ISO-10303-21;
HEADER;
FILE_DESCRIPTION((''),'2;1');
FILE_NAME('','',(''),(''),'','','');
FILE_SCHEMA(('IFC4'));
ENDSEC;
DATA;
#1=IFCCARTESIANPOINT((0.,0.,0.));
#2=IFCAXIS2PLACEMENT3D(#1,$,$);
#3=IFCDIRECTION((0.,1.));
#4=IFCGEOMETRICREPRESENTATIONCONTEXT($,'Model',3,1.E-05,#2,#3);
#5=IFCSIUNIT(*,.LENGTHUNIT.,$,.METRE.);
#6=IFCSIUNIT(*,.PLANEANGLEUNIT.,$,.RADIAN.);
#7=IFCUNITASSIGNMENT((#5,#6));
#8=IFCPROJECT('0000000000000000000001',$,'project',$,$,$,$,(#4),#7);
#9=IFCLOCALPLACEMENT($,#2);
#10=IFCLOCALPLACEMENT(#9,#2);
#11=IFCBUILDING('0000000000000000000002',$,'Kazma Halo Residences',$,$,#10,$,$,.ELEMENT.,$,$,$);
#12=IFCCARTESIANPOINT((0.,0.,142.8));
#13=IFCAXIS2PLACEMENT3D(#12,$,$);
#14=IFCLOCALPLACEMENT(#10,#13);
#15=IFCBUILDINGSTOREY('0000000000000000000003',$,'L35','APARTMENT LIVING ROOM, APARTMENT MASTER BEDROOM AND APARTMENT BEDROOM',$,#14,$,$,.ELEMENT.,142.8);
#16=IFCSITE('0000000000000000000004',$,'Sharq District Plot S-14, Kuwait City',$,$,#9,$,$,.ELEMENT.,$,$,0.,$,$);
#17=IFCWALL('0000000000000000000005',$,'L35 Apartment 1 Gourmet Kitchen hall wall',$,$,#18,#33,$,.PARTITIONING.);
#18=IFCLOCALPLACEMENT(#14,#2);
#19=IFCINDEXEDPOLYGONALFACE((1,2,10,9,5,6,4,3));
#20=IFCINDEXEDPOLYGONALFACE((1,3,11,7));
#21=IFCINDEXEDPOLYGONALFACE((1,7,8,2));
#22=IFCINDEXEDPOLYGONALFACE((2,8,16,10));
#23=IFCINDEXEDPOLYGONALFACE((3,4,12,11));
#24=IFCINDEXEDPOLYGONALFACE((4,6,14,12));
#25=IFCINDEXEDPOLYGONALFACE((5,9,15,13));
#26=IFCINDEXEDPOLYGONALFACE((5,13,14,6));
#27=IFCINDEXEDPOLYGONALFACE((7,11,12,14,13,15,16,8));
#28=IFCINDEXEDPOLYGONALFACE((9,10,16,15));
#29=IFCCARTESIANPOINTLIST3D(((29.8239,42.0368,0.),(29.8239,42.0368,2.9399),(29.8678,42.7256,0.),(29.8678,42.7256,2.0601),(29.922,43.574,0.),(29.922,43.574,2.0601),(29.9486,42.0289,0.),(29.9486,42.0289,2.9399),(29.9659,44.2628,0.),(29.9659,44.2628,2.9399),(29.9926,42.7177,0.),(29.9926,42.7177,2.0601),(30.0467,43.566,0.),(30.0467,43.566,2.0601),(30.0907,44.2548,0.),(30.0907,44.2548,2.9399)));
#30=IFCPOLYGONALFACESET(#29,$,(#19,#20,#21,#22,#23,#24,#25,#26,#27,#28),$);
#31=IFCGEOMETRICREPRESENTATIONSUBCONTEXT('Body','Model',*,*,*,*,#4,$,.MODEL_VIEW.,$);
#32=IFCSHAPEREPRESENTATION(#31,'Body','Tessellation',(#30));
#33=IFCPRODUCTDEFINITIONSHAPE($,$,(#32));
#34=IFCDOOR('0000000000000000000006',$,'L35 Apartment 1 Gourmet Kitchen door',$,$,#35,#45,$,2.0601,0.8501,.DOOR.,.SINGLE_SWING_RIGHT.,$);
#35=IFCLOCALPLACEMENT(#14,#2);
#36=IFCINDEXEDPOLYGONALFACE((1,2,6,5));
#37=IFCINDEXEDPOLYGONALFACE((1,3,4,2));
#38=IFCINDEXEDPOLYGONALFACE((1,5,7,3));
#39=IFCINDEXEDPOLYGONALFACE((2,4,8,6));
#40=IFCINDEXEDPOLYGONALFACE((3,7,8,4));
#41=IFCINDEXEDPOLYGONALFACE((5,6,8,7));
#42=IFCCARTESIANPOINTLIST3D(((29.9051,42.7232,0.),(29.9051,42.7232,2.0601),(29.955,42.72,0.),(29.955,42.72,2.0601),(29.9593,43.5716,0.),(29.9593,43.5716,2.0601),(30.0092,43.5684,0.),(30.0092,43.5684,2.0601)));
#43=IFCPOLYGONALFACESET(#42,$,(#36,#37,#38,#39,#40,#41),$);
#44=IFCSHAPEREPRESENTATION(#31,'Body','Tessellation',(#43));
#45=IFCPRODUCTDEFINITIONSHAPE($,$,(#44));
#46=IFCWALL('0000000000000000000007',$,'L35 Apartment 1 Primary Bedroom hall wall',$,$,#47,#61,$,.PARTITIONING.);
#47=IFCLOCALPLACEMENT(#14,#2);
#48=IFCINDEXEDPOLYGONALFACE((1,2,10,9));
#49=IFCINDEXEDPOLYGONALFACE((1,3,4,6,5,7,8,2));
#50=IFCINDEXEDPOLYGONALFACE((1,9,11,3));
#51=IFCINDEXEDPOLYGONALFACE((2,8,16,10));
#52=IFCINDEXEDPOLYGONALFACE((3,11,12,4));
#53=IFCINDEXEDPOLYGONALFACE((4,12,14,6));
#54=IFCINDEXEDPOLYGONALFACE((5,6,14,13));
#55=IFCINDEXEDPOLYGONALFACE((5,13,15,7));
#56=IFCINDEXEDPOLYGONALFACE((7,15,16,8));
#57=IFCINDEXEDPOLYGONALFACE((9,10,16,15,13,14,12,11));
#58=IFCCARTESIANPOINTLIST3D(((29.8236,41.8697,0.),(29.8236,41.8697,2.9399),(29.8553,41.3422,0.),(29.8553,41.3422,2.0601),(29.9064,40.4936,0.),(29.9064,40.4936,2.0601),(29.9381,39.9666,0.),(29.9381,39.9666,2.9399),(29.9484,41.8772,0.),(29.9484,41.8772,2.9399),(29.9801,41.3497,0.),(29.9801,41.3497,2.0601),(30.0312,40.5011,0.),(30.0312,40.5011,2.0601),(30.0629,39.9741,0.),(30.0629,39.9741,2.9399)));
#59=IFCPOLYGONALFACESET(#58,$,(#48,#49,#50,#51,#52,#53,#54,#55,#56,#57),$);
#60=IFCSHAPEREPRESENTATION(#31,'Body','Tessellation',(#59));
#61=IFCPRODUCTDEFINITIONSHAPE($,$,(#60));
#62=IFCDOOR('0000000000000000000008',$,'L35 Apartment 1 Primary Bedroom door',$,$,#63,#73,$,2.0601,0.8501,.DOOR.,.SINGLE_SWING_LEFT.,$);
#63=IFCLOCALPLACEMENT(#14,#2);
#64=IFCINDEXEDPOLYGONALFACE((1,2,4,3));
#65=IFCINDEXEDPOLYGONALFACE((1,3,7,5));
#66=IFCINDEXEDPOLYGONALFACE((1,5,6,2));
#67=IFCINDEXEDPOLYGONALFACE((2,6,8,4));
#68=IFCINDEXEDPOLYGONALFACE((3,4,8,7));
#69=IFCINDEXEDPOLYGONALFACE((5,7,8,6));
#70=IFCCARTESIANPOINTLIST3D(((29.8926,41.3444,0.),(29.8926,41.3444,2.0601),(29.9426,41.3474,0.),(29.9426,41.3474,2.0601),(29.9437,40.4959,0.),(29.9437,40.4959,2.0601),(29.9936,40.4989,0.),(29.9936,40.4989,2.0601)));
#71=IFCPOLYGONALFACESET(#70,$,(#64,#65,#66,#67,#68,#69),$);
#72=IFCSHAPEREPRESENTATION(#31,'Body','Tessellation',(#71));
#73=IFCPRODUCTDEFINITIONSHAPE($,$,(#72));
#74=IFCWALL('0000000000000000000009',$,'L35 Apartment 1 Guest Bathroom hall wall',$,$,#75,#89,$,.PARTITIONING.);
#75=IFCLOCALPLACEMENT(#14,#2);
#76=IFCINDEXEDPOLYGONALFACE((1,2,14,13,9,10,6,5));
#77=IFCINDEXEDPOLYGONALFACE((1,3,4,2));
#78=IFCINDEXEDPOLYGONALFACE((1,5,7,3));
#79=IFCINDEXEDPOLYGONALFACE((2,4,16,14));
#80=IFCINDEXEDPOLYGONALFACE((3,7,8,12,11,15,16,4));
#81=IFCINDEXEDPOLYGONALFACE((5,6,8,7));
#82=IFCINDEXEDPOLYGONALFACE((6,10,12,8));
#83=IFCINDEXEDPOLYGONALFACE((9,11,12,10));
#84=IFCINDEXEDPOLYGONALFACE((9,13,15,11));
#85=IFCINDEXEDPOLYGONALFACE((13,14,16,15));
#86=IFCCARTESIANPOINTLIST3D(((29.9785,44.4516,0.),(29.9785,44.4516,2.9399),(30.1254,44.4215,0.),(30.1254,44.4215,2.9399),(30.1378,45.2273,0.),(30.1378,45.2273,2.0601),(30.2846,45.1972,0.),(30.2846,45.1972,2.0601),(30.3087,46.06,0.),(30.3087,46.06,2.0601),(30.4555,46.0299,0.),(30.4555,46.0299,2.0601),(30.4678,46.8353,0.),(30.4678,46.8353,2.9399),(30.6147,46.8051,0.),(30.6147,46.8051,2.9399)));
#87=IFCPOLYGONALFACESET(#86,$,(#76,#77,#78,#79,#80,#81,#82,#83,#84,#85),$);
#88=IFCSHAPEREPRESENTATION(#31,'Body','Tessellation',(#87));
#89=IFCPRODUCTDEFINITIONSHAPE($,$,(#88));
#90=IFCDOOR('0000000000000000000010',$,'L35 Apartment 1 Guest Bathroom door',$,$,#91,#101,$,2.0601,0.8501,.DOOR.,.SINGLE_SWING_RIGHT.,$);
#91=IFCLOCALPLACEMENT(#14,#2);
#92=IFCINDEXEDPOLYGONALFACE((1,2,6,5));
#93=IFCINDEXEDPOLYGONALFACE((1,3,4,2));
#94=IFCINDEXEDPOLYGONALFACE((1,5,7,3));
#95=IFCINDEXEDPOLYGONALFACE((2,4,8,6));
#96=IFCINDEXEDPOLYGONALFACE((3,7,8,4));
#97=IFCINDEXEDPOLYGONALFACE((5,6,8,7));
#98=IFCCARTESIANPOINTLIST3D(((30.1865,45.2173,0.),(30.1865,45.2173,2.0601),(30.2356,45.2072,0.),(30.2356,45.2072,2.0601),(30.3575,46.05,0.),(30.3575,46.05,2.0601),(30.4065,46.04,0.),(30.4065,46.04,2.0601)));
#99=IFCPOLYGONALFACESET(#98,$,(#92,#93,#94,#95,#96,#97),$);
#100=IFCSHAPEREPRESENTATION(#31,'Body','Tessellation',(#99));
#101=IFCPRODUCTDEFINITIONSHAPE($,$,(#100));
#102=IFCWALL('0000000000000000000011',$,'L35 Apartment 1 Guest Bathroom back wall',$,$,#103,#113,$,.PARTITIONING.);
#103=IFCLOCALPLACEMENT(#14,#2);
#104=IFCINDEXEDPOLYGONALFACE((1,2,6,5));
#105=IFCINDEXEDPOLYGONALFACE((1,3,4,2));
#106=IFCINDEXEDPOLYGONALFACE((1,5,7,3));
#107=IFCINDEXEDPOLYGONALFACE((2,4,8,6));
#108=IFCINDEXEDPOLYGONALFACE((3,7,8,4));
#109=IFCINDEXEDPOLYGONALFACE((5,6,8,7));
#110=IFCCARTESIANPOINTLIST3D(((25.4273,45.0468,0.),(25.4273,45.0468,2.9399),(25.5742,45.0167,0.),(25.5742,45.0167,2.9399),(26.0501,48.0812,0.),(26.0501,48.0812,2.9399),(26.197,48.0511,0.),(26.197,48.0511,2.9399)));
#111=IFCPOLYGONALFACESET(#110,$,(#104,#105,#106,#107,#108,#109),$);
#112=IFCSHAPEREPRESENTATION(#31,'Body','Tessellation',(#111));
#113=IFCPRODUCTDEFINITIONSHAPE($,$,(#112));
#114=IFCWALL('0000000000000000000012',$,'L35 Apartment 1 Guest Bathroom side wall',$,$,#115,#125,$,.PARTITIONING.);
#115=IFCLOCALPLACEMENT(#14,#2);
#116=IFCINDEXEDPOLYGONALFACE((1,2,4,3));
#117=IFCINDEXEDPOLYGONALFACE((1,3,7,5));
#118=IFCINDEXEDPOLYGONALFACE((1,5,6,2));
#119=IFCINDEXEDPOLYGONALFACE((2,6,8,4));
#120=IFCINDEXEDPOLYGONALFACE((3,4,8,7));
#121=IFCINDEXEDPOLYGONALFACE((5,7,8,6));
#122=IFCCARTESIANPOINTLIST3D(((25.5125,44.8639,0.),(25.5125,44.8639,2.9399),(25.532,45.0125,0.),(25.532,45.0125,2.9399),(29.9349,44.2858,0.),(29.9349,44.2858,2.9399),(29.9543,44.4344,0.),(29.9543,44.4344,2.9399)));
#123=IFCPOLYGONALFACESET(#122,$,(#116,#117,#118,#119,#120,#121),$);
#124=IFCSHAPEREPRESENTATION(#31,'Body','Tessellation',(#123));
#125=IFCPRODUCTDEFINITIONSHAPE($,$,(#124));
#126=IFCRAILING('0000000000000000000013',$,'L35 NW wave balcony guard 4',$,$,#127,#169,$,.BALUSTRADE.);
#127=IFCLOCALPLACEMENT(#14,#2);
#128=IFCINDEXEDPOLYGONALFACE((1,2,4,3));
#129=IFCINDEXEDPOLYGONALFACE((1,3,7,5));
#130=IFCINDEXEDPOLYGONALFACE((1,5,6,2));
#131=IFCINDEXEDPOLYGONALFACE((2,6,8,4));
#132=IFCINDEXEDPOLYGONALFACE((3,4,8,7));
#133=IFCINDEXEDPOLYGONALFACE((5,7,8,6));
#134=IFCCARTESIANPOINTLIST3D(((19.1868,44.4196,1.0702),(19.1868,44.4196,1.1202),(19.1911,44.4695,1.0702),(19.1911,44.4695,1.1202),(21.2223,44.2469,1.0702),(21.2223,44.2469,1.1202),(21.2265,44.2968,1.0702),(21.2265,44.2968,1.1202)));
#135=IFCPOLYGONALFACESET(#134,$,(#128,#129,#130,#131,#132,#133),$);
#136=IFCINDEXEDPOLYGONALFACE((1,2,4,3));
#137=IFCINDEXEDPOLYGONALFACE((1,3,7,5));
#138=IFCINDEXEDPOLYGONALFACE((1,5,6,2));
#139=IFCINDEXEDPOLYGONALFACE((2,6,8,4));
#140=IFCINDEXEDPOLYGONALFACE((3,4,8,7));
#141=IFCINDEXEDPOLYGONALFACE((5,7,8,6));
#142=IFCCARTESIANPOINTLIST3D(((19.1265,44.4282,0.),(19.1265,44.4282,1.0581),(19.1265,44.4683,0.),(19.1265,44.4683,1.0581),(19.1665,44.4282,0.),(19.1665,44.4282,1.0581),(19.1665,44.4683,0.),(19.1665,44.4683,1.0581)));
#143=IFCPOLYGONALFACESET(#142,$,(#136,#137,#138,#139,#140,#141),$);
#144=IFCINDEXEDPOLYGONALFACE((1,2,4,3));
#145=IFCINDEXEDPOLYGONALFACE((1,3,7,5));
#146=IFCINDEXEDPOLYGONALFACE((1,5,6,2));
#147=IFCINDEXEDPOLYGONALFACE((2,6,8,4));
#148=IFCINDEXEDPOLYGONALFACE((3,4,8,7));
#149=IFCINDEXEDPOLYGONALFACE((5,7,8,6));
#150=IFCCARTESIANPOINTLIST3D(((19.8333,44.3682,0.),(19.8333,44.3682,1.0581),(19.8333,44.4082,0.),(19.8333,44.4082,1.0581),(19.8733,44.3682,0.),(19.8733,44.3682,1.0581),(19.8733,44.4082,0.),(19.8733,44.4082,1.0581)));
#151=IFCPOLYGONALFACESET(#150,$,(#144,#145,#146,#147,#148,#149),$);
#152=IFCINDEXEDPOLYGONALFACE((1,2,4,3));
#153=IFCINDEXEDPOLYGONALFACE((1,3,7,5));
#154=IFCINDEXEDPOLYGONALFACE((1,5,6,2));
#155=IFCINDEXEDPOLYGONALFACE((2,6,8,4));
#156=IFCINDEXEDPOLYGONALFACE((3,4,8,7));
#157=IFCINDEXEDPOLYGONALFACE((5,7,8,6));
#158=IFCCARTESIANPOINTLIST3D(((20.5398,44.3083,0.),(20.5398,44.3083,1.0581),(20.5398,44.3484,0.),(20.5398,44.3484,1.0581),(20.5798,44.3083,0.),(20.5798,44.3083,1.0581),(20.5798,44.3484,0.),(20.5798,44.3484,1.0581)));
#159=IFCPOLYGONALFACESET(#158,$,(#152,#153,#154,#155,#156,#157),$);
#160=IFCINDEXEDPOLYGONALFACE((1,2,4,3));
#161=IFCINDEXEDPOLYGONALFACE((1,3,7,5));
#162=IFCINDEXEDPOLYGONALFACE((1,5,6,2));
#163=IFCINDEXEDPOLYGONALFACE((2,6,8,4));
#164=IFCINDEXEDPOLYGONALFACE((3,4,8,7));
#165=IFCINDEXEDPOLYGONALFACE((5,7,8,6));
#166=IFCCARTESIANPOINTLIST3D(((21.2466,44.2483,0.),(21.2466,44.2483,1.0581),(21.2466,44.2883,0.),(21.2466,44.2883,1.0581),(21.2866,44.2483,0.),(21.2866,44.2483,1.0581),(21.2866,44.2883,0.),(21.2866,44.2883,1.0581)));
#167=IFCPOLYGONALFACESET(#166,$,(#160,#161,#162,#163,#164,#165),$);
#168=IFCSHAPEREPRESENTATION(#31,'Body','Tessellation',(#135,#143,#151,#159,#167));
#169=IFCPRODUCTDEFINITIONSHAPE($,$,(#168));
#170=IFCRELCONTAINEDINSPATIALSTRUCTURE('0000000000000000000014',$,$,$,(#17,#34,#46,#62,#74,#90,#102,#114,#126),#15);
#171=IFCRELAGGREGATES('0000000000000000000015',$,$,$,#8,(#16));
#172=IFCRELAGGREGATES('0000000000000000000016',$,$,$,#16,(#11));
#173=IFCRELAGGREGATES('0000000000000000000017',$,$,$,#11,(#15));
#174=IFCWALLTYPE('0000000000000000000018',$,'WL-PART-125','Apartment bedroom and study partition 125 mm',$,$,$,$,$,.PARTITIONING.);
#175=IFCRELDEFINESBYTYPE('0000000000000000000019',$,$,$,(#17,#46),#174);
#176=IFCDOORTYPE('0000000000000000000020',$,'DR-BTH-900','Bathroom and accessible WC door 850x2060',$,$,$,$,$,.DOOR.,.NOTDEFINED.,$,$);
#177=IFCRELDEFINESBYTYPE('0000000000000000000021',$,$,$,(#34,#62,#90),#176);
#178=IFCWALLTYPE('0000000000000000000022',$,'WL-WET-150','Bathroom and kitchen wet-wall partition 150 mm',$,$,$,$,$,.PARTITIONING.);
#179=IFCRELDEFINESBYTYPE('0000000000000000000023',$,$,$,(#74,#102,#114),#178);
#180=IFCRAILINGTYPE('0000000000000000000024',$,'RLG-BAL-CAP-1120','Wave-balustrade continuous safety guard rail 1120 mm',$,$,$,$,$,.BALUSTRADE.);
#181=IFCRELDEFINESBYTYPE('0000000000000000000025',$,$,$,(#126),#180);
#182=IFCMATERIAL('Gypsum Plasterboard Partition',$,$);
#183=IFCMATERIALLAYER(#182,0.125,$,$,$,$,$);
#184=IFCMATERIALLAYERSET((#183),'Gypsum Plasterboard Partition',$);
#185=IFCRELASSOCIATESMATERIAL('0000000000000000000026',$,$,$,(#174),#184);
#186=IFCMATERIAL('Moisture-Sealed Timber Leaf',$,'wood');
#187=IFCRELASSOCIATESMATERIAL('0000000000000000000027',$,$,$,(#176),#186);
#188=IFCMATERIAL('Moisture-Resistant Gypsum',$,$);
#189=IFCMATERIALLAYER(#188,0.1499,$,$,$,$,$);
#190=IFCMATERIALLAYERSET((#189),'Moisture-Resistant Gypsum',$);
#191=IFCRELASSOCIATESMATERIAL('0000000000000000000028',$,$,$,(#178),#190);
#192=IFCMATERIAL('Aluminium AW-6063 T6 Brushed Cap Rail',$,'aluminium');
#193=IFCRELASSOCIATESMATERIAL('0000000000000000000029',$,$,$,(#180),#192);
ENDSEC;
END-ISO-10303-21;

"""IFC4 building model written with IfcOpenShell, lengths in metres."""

from ifc_helpers import new_model, si_unit, direction, frame, frame_2d, origin, origin_2d, place, context, subcontext, project, spatial, rectangle, extrude, material, layer, layer_set, type_object, element, fill, save


model = new_model("IFC4")

# Units and contexts
model_context = context("Model", 3, precision=1e-05, world=origin(), true_north=direction((0.0, 1.0)))
body_context = subcontext(model_context, "Body", "Model", "MODEL_VIEW")
ifc_project = project(units=[si_unit("LENGTHUNIT", "METRE"), si_unit("PLANEANGLEUNIT", "RADIAN")], contexts=[model_context])

# Site, building, storey
site_placement = place(None, origin())
site = spatial("IfcSite", under=ifc_project, at=site_placement, Name="Sharq District Plot S-14, Kuwait City", CompositionType="ELEMENT", RefElevation=0.0)
building_placement = place(site_placement, origin())
building = spatial("IfcBuilding", under=site, at=building_placement, Name="Kazma Halo Residences", CompositionType="ELEMENT")
storey_placement = place(building_placement, frame((0.0, 0.0, 142.8)))
storey = spatial("IfcBuildingStorey", under=building, at=storey_placement, Name="L35", Description="APARTMENT LIVING ROOM, APARTMENT MASTER BEDROOM AND APARTMENT BEDROOM", CompositionType="ELEMENT", Elevation=142.8)

# Shared definitions
ifc_material_1 = material(Name="Gypsum Plasterboard Partition")
ifc_layer_1 = layer(ifc_material_1, 0.125)
ifc_layer_set_1 = layer_set([ifc_layer_1], Name="Gypsum Plasterboard Partition")
wall_type_1 = type_object("IfcWallType", Name="WL-PART-125", Description="Apartment bedroom and study partition 125 mm", PredefinedType="PARTITIONING", material=ifc_layer_set_1)

# Shared definitions
ifc_material_2 = material(Name="Moisture-Sealed Timber Leaf", Category="wood")
door_type = type_object("IfcDoorType", Name="DR-BTH-900", Description="Bathroom and accessible WC door 850x2060", OperationType="NOTDEFINED", PredefinedType="DOOR", material=ifc_material_2)

# Walls, openings, doors
wall_1_placement = place(storey_placement, frame((30.0283, 44.2588, 0.0), z_axis=(0.0, 0.0, 1.0), x_axis=(-0.063707, -0.997969, 0.0)))
wall_1 = element("IfcWall", 1, at=wall_1_placement, inside=storey, type_object=wall_type_1, Name="L35 Apartment 1 Gourmet Kitchen hall wall", PredefinedType="PARTITIONING", context=body_context, shape_type="SweptSolid", body=[
    extrude(rectangle(XDim=2.2305, YDim=0.125, at=frame_2d((1.1152, 0.0))), origin(), (0.0, 0.0, 1.0), 2.9399),
])
opening_1_placement = place(wall_1_placement, frame((0.6902, 0.0, 0.0)))
opening_1 = element("IfcOpeningElement", 2, at=opening_1_placement, cuts=wall_1, PredefinedType="OPENING", context=body_context, shape_type="SweptSolid", body=[
    extrude(rectangle(XDim=0.8501, YDim=2.0601, at=frame_2d((0.425, 1.03))), frame((0.0, 0.0725, 0.0), z_axis=(0.0, -1.0, 0.0), x_axis=(1.0, 0.0, 0.0)), (0.0, 0.0, 1.0), 0.145),
])
door_1_placement = place(opening_1_placement, origin())
door_1 = element("IfcDoor", 3, at=door_1_placement, inside=storey, type_object=door_type, Name="L35 Apartment 1 Gourmet Kitchen door", OperationType="SINGLE_SWING_RIGHT", OverallHeight=2.0601, OverallWidth=0.8501, PredefinedType="DOOR", context=body_context, shape_type="SweptSolid", body=[
    extrude(rectangle(XDim=0.8501, YDim=2.0601, at=frame_2d((0.425, 1.03))), frame((0.0, 0.0249, 0.0), z_axis=(0.0, -1.0, 0.0), x_axis=(1.0, 0.0, 0.0)), (0.0, 0.0, 1.0), 0.05),
])
fill(opening_1, door_1)
wall_2_placement = place(storey_placement, frame((29.886, 41.8733, 0.0), z_axis=(0.0, 0.0, 1.0), x_axis=(0.060058, -0.998195, 0.0)))
wall_2 = element("IfcWall", 4, at=wall_2_placement, inside=storey, type_object=wall_type_1, Name="L35 Apartment 1 Primary Bedroom hall wall", PredefinedType="PARTITIONING", context=body_context, shape_type="SweptSolid", body=[
    extrude(rectangle(XDim=1.9065, YDim=0.125, at=frame_2d((0.9531, 0.0))), origin(), (0.0, 0.0, 1.0), 2.9399),
])
opening_2_placement = place(wall_2_placement, frame((0.5283, 0.0, 0.0)))
opening_2 = element("IfcOpeningElement", 5, at=opening_2_placement, cuts=wall_2, PredefinedType="OPENING", context=body_context, shape_type="SweptSolid", body=[
    extrude(rectangle(XDim=0.8501, YDim=2.0601, at=frame_2d((0.425, 1.03))), frame((0.0, 0.0725, 0.0), z_axis=(0.0, -1.0, 0.0), x_axis=(1.0, 0.0, 0.0)), (0.0, 0.0, 1.0), 0.145),
])
door_2_placement = place(opening_2_placement, origin())
door_2 = element("IfcDoor", 6, at=door_2_placement, inside=storey, type_object=door_type, Name="L35 Apartment 1 Primary Bedroom door", OperationType="SINGLE_SWING_LEFT", OverallHeight=2.0601, OverallWidth=0.8501, PredefinedType="DOOR", context=body_context, shape_type="SweptSolid", body=[
    extrude(rectangle(XDim=0.8501, YDim=2.0601, at=frame_2d((0.425, 1.03))), frame((0.0, 0.0249, 0.0), z_axis=(0.0, -1.0, 0.0), x_axis=(1.0, 0.0, 0.0)), (0.0, 0.0, 1.0), 0.05),
])
fill(opening_2, door_2)
ifc_material_3 = material(Name="Moisture-Resistant Gypsum")
ifc_layer_2 = layer(ifc_material_3, 0.1499)
ifc_layer_set_2 = layer_set([ifc_layer_2], Name="Moisture-Resistant Gypsum")
wall_type_2 = type_object("IfcWallType", Name="WL-WET-150", Description="Bathroom and kitchen wet-wall partition 150 mm", PredefinedType="PARTITIONING", material=ifc_layer_set_2)
wall_3_placement = place(storey_placement, frame((30.5413, 46.8203, 0.0), z_axis=(0.0, 0.0, 1.0), x_axis=(-0.201073, -0.979576, 0.0)))
wall_3 = element("IfcWall", 7, at=wall_3_placement, inside=storey, type_object=wall_type_2, Name="L35 Apartment 1 Guest Bathroom hall wall", PredefinedType="PARTITIONING", context=body_context, shape_type="SweptSolid", body=[
    extrude(rectangle(XDim=2.4333, YDim=0.1499, at=frame_2d((1.2168, 0.0))), origin(), (0.0, 0.0, 1.0), 2.9399),
])
opening_3_placement = place(wall_3_placement, frame((0.7915, 0.0, 0.0)))
opening_3 = element("IfcOpeningElement", 8, at=opening_3_placement, cuts=wall_3, PredefinedType="OPENING", context=body_context, shape_type="SweptSolid", body=[
    extrude(rectangle(XDim=0.8501, YDim=2.0601, at=frame_2d((0.425, 1.03))), frame((0.0, 0.085, 0.0), z_axis=(0.0, -1.0, 0.0), x_axis=(1.0, 0.0, 0.0)), (0.0, 0.0, 1.0), 0.1699),
])
door_3_placement = place(opening_3_placement, origin())
door_3 = element("IfcDoor", 9, at=door_3_placement, inside=storey, type_object=door_type, Name="L35 Apartment 1 Guest Bathroom door", OperationType="SINGLE_SWING_RIGHT", OverallHeight=2.0601, OverallWidth=0.8501, PredefinedType="DOOR", context=body_context, shape_type="SweptSolid", body=[
    extrude(rectangle(XDim=0.8501, YDim=2.0601, at=frame_2d((0.425, 1.03))), frame((0.0, 0.0249, 0.0), z_axis=(0.0, -1.0, 0.0), x_axis=(1.0, 0.0, 0.0)), (0.0, 0.0, 1.0), 0.05),
])
fill(opening_3, door_3)

# Walls
wall_4_placement = place(storey_placement, frame((26.1235, 48.0662, 0.0), z_axis=(0.0, 0.0, 1.0), x_axis=(-0.201055, -0.97958, 0.0)))
element("IfcWall", 10, at=wall_4_placement, inside=storey, type_object=wall_type_2, Name="L35 Apartment 1 Guest Bathroom back wall", PredefinedType="PARTITIONING", context=body_context, shape_type="SweptSolid", body=[
    extrude(rectangle(XDim=3.0977, YDim=0.1499, at=frame_2d((1.5488, 0.0))), origin(), (0.0, 0.0, 1.0), 2.9399),
])
wall_5_placement = place(storey_placement, frame((29.9446, 44.3601, 0.0), z_axis=(0.0, 0.0, 1.0), x_axis=(-0.991563, 0.129625, 0.0)))
element("IfcWall", 11, at=wall_5_placement, inside=storey, type_object=wall_type_2, Name="L35 Apartment 1 Guest Bathroom side wall", PredefinedType="PARTITIONING", context=body_context, shape_type="SweptSolid", body=[
    extrude(rectangle(XDim=4.46, YDim=0.1499, at=frame_2d((2.23, 0.0))), origin(), (0.0, 0.0, 1.0), 2.9399),
])

# Railing
ifc_material_4 = material(Name="Aluminium AW-6063 T6 Brushed Cap Rail", Category="aluminium")
railing_type = type_object("IfcRailingType", Name="RLG-BAL-CAP-1120", Description="Wave-balustrade continuous safety guard rail 1120 mm", PredefinedType="BALUSTRADE", material=ifc_material_4)
railing_placement = place(storey_placement, frame((19.1465, 44.4482, 0.0)))
element("IfcRailing", 12, at=railing_placement, inside=storey, type_object=railing_type, Name="L35 NW wave balcony guard 4", PredefinedType="BALUSTRADE", context=body_context, shape_type="SweptSolid", body=[
    extrude(rectangle(XDim=0.05, YDim=0.05, at=origin_2d()), frame((0.0425, -0.0037, 1.0952), z_axis=(0.996418, -0.084565, 0.0), x_axis=(0.084565, 0.996418, 0.0)), (0.0, 0.0, 1.0), 2.0427),
    extrude(rectangle(XDim=0.04, YDim=0.04, at=origin_2d()), origin(), (0.0, 0.0, 1.0), 1.0581),
    extrude(rectangle(XDim=0.04, YDim=0.04, at=origin_2d()), frame((0.7068, -0.0601, 0.0)), (0.0, 0.0, 1.0), 1.0581),
    extrude(rectangle(XDim=0.04, YDim=0.04, at=origin_2d()), frame((1.4133, -0.1199, 0.0)), (0.0, 0.0, 1.0), 1.0581),
    extrude(rectangle(XDim=0.04, YDim=0.04, at=origin_2d()), frame((2.1201, -0.1799, 0.0)), (0.0, 0.0, 1.0), 1.0581),
])

save(model, "model.ifc")
